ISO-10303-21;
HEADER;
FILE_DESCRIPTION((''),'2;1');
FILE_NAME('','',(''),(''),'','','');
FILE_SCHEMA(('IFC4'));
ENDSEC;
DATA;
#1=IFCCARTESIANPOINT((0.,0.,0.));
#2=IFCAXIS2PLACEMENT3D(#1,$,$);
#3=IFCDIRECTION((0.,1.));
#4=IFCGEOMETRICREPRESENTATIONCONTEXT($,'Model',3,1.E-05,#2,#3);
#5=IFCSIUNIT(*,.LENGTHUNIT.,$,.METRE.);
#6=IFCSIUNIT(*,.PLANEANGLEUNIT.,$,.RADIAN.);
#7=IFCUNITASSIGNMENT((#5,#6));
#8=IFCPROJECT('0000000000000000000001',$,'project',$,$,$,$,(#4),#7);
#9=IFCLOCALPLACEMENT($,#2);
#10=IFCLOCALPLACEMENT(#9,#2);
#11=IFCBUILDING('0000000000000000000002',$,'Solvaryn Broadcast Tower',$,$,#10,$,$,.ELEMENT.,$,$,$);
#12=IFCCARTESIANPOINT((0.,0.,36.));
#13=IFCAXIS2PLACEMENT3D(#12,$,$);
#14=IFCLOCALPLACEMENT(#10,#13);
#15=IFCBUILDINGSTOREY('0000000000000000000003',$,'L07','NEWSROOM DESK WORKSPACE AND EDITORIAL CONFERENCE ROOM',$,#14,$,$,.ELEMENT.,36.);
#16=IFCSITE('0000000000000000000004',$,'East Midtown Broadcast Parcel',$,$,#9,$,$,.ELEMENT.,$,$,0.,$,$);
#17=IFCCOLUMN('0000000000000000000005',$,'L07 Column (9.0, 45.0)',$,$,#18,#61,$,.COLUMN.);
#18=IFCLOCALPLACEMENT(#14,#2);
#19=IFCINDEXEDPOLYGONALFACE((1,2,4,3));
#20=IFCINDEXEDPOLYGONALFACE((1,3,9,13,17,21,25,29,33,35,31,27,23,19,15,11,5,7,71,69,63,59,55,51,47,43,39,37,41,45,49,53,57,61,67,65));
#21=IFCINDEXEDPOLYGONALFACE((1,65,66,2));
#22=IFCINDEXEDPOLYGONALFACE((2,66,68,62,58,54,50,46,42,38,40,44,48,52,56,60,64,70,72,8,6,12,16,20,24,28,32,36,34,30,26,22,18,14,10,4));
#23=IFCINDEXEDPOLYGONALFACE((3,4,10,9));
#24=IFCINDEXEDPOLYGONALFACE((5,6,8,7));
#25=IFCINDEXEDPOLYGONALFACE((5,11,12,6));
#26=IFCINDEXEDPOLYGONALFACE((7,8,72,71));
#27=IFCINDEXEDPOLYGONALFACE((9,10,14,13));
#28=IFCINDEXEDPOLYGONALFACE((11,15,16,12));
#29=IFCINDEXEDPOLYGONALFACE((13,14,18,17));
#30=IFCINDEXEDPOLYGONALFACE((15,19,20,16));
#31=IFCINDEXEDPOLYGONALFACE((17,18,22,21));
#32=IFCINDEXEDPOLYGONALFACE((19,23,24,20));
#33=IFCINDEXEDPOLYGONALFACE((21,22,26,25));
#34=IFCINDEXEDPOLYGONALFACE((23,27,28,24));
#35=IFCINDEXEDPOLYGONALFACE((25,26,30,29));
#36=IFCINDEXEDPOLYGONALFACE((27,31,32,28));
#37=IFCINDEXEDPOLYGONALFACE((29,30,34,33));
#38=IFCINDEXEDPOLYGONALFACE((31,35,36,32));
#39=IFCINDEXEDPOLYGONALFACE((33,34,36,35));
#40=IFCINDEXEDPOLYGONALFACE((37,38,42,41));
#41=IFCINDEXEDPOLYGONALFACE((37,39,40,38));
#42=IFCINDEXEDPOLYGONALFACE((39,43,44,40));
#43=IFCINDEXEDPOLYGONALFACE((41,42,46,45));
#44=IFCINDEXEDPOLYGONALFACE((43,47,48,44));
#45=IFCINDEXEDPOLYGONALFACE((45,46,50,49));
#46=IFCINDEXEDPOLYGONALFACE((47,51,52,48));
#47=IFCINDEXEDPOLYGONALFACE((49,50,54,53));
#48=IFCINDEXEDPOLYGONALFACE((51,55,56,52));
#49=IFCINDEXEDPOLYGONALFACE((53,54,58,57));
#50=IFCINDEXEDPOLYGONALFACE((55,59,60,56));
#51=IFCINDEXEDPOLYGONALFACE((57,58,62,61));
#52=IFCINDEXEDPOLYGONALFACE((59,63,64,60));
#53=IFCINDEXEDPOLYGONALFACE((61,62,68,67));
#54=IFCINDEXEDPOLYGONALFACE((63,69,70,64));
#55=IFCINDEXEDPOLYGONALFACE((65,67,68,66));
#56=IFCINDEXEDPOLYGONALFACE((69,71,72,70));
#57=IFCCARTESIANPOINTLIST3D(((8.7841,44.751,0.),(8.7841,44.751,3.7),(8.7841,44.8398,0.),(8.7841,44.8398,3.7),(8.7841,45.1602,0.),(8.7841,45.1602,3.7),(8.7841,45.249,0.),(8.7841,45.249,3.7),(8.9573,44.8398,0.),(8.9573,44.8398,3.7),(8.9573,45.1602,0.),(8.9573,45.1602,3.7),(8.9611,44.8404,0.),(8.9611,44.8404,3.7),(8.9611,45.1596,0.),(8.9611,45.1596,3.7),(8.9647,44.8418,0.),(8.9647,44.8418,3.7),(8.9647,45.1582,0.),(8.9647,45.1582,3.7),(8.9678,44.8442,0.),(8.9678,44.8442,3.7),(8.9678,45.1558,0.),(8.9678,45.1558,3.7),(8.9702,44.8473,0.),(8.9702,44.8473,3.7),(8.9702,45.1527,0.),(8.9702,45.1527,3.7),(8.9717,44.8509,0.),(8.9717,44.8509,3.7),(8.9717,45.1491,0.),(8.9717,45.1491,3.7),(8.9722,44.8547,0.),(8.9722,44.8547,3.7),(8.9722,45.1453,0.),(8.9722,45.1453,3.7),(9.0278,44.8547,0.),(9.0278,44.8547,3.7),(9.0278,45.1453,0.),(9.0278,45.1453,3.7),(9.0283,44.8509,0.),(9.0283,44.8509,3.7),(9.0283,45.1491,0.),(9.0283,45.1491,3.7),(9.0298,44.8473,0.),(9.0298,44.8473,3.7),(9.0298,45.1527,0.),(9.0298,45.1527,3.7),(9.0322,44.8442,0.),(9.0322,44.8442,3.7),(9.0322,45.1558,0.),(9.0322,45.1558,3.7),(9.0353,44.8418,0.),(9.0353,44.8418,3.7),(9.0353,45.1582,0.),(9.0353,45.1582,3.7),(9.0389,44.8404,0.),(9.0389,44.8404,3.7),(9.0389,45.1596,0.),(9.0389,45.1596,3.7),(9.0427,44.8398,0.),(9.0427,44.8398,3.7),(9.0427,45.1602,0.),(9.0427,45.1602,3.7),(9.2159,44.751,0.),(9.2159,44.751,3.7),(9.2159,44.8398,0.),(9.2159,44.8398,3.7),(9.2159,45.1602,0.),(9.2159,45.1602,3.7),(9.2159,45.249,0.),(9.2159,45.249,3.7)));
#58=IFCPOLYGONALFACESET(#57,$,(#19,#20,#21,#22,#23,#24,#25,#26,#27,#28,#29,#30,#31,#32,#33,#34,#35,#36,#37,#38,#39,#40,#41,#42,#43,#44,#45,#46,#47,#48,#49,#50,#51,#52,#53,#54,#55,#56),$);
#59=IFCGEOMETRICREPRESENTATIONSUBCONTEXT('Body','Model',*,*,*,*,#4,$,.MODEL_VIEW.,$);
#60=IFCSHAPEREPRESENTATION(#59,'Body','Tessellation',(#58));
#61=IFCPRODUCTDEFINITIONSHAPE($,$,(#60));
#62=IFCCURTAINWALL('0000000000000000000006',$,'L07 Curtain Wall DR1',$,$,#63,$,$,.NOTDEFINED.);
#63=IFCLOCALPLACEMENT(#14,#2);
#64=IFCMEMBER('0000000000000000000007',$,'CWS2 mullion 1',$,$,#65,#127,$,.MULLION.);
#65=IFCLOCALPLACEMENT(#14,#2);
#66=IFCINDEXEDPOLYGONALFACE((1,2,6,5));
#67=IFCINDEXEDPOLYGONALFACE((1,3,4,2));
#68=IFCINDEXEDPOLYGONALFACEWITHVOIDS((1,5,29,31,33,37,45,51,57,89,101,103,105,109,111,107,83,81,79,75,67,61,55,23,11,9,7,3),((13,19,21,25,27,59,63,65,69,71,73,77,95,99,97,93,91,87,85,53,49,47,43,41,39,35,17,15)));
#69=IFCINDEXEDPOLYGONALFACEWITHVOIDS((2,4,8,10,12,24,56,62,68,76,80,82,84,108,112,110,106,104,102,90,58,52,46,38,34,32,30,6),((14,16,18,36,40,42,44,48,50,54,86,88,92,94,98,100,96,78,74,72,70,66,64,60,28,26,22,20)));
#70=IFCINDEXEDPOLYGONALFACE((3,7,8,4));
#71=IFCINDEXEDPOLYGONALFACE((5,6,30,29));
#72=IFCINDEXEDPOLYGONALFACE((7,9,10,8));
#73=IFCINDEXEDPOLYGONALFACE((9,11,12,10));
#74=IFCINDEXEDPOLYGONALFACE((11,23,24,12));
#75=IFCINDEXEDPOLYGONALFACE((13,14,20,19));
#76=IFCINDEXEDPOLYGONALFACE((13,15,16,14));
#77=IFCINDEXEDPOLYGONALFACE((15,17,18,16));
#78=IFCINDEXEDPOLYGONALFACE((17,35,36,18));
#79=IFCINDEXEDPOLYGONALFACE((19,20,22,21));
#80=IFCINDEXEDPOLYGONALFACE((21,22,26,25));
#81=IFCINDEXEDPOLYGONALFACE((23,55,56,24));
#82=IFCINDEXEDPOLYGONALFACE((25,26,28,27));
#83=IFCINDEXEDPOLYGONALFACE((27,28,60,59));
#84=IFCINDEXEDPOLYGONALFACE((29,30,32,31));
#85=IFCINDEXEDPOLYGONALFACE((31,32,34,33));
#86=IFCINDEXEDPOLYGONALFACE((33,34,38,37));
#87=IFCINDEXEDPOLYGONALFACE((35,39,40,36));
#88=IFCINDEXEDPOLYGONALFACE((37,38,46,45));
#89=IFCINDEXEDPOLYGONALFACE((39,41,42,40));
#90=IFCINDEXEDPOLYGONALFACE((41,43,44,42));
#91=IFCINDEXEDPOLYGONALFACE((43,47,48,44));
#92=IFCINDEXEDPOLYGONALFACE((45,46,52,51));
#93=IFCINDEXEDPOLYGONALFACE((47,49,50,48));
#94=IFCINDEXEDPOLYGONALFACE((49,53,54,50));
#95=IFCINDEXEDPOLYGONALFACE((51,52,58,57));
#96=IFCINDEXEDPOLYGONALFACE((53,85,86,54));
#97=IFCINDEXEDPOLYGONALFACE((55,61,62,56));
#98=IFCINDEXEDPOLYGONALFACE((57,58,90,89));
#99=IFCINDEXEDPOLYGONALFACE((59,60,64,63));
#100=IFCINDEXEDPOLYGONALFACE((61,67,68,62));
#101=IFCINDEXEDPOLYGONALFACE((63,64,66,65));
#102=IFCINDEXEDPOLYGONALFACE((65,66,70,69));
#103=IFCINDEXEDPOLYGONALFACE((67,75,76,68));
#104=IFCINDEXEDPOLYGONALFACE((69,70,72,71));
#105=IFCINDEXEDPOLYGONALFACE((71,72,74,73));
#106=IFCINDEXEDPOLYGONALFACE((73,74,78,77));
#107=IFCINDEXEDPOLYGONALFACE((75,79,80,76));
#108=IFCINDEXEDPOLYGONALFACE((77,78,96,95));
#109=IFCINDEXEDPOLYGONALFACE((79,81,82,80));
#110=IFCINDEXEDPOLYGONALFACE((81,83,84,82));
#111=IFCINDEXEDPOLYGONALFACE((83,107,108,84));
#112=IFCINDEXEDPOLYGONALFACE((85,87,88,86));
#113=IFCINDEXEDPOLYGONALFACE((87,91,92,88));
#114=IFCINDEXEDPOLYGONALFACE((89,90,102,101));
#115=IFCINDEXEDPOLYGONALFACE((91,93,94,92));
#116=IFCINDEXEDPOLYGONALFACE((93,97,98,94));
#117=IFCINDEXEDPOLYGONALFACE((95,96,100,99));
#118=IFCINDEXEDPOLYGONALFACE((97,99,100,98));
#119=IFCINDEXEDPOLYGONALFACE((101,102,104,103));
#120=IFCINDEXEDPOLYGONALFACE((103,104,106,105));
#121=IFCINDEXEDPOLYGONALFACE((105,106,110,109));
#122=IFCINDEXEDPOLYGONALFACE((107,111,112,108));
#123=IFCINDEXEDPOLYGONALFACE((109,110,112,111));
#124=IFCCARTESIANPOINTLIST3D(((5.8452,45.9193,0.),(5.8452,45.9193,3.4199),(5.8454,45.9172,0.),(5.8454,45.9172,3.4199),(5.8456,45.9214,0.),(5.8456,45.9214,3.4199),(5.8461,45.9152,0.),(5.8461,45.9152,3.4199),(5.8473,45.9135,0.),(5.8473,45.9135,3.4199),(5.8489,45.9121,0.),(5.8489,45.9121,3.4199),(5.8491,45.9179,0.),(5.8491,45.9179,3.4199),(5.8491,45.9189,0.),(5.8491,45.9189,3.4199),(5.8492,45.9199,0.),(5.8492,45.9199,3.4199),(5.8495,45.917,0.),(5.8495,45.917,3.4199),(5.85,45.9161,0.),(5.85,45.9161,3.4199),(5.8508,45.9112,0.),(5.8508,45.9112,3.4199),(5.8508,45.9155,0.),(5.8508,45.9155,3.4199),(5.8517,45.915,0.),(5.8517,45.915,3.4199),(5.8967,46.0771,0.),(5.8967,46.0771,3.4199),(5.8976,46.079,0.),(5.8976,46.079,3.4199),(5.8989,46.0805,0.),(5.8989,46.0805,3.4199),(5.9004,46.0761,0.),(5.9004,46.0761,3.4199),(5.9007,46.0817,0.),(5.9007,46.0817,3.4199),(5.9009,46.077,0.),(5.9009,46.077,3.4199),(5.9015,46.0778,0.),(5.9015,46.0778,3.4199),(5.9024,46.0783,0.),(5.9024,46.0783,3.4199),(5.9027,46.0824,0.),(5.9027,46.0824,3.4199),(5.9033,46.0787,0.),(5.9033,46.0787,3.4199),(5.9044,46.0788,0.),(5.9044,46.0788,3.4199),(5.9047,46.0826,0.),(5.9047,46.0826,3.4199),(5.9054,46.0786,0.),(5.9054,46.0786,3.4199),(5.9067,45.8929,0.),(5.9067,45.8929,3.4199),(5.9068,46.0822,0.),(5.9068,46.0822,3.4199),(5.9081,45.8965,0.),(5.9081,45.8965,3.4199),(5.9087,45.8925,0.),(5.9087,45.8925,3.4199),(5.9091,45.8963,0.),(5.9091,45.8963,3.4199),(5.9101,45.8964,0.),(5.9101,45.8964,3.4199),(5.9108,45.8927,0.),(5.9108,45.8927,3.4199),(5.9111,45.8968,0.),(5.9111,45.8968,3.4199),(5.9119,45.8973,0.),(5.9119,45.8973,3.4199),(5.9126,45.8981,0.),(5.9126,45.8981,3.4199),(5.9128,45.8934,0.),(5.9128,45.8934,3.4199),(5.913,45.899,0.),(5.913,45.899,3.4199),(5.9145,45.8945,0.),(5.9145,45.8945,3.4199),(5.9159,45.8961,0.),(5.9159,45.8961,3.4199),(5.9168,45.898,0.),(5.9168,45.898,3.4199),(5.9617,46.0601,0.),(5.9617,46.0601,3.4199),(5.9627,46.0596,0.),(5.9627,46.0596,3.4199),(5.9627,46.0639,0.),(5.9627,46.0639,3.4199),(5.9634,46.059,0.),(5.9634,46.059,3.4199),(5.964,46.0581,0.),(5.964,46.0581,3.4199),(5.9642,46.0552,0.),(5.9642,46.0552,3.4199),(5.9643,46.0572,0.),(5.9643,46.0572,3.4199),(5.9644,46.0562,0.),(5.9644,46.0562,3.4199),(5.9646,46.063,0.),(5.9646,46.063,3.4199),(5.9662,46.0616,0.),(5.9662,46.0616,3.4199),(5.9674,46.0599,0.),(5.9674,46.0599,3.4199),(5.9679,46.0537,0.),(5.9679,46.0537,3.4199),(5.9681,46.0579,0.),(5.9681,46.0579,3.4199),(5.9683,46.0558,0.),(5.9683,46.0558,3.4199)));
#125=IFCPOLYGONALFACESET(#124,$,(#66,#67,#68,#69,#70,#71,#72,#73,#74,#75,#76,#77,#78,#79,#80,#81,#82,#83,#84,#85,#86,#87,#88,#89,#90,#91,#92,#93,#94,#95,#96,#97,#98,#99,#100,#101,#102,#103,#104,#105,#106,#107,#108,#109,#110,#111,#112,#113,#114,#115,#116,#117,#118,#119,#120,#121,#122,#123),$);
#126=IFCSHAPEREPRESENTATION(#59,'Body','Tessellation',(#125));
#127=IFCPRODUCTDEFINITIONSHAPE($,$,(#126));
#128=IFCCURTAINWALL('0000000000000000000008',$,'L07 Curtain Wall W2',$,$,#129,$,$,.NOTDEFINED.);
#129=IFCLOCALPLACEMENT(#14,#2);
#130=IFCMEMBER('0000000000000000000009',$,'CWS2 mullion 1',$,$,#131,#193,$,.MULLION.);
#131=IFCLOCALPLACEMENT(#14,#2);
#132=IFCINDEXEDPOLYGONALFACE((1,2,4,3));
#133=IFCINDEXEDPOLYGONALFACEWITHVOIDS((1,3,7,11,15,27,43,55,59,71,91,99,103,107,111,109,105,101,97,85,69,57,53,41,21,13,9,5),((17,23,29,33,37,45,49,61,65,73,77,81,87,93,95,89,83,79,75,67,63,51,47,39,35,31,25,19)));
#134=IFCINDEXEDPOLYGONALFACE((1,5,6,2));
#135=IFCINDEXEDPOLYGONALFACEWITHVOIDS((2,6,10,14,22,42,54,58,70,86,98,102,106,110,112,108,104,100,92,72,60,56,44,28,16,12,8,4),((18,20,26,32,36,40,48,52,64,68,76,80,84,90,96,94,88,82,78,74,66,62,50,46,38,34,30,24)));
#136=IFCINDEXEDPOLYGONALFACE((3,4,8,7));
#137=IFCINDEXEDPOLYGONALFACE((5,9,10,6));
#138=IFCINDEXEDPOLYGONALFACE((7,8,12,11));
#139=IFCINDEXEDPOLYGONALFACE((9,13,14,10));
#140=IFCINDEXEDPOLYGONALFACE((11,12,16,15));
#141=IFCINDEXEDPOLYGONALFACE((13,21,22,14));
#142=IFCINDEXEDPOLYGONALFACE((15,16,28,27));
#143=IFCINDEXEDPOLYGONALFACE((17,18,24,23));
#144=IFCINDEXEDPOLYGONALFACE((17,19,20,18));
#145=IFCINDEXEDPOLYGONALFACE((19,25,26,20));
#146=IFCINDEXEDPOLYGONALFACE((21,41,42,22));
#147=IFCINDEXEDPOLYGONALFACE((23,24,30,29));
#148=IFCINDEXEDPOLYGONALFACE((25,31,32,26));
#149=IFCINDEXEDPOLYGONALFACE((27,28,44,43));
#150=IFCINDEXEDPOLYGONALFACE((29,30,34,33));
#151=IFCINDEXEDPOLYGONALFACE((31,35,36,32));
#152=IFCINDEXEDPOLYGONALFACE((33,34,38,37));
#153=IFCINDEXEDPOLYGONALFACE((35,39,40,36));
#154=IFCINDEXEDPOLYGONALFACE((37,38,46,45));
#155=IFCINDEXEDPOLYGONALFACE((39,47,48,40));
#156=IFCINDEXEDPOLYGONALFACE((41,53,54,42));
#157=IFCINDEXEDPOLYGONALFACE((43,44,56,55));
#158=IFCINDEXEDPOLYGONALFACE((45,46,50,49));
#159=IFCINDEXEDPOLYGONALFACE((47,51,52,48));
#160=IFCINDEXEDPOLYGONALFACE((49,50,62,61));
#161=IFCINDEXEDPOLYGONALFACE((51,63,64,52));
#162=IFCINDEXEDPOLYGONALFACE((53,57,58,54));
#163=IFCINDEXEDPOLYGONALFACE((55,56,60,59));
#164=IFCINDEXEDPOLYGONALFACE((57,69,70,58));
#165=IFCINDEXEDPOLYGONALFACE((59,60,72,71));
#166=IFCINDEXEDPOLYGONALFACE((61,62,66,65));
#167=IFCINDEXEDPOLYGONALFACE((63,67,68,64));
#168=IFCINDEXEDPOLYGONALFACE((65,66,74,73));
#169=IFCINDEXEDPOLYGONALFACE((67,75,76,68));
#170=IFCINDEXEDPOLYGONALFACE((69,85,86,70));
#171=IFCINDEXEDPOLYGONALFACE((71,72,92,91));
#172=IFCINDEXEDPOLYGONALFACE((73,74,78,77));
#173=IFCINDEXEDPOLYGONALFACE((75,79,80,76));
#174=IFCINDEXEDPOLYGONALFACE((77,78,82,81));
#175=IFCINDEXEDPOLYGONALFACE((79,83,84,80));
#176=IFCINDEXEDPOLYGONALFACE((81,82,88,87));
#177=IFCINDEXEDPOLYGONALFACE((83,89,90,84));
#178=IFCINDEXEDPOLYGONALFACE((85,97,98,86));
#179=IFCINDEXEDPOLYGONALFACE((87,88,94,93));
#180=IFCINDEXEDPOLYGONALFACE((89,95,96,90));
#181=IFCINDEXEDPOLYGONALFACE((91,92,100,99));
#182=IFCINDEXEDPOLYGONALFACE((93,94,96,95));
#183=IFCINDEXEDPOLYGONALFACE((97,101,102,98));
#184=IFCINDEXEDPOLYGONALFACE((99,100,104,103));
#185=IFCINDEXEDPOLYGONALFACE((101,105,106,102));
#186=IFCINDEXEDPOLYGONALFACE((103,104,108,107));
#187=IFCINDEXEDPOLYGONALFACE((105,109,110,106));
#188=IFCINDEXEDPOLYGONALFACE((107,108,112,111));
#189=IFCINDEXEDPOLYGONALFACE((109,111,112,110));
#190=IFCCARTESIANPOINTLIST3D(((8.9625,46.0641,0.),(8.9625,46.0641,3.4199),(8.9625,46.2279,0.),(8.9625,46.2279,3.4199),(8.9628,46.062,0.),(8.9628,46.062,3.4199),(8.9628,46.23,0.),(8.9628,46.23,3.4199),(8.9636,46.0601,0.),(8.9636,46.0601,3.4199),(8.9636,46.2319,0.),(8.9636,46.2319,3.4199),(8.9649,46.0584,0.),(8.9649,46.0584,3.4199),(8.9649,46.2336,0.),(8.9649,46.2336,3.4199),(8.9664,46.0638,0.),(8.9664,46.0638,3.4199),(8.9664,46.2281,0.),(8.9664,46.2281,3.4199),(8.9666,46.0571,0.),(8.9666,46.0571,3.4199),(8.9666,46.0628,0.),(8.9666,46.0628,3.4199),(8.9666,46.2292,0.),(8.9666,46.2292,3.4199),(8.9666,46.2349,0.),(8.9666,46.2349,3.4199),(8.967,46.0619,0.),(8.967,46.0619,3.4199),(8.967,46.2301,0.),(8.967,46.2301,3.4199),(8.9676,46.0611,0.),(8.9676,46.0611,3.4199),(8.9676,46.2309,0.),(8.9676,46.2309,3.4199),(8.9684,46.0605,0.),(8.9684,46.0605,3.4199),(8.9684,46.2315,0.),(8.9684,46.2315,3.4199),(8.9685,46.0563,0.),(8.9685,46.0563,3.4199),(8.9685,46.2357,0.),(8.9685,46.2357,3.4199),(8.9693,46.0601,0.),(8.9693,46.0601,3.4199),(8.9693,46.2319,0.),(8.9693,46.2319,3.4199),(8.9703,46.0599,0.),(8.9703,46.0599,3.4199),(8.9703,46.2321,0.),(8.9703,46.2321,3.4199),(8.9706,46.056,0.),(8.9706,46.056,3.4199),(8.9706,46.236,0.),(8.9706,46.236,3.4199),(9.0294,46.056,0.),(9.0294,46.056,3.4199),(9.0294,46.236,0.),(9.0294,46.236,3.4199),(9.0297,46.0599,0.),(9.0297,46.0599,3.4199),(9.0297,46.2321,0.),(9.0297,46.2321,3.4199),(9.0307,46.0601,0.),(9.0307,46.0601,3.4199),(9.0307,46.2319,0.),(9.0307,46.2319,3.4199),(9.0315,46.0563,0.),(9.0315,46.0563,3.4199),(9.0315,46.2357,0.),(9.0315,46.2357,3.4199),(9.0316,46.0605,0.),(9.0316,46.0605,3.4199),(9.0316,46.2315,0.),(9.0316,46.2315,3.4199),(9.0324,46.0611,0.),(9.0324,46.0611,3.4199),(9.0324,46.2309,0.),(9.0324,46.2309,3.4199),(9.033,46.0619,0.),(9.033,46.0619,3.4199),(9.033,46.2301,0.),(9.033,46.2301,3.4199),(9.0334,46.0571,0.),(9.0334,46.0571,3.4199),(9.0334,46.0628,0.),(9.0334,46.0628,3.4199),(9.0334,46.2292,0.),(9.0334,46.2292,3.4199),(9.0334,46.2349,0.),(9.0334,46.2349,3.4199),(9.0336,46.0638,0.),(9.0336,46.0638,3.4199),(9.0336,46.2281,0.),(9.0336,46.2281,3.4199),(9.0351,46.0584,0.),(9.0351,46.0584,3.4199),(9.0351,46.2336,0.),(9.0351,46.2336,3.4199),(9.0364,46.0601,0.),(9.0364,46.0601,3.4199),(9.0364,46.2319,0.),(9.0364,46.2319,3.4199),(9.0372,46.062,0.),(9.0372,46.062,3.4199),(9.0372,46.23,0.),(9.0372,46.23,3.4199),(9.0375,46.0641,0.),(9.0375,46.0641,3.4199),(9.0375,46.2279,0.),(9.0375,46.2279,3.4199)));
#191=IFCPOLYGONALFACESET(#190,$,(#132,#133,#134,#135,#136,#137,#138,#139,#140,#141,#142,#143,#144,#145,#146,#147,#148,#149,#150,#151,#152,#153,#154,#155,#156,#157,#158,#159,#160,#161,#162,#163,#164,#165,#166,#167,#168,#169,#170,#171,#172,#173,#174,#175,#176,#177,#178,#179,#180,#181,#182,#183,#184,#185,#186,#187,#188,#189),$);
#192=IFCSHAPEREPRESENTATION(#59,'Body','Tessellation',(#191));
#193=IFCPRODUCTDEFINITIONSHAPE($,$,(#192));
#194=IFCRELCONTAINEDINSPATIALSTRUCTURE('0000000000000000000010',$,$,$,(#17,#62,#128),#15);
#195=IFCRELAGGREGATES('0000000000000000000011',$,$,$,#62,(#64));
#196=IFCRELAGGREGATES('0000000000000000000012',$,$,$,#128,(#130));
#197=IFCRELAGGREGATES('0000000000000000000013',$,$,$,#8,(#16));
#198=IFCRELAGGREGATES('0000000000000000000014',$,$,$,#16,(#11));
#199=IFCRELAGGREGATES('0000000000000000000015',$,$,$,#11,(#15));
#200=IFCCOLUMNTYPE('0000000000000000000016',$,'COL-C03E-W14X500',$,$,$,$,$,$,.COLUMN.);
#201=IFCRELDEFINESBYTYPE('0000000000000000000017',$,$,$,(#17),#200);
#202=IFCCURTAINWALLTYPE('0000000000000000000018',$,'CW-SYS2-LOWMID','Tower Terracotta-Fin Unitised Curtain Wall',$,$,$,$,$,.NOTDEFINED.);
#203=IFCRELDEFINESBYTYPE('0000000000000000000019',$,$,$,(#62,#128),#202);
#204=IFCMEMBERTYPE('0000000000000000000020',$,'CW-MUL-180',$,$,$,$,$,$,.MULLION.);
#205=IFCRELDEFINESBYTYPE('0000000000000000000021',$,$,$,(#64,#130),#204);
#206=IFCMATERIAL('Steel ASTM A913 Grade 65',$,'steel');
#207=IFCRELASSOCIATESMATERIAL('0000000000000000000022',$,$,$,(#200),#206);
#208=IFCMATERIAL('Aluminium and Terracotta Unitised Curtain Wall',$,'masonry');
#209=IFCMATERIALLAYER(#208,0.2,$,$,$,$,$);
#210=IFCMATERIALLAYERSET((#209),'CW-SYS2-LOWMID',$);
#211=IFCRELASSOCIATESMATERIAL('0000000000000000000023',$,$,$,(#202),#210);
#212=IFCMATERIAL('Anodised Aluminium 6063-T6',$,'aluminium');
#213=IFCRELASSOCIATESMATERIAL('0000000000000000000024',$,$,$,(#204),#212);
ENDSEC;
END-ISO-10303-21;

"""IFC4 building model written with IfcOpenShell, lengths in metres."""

from ifc_helpers import new_model, si_unit, direction, frame, origin, origin_2d, place, context, subcontext, project, spatial, hollow_rectangle, i_section, extrude, material, layer, layer_set, material_profile, profile_set, type_object, element, aggregate, save


model = new_model("IFC4")

# Units and contexts
model_context = context("Model", 3, precision=1e-05, world=origin(), true_north=direction((0.0, 1.0)))
body_context = subcontext(model_context, "Body", "Model", "MODEL_VIEW")
ifc_project = project(units=[si_unit("LENGTHUNIT", "METRE"), si_unit("PLANEANGLEUNIT", "RADIAN")], contexts=[model_context])

# Site, building, storey
site_placement = place(None, origin())
site = spatial("IfcSite", under=ifc_project, at=site_placement, Name="East Midtown Broadcast Parcel", CompositionType="ELEMENT", RefElevation=0.0)
building_placement = place(site_placement, origin())
building = spatial("IfcBuilding", under=site, at=building_placement, Name="Solvaryn Broadcast Tower", CompositionType="ELEMENT")
storey_placement = place(building_placement, frame((0.0, 0.0, 36.0)))
storey = spatial("IfcBuildingStorey", under=building, at=storey_placement, Name="L07", Description="NEWSROOM DESK WORKSPACE AND EDITORIAL CONFERENCE ROOM", CompositionType="ELEMENT", Elevation=36.0)

# Column
ifc_material_1 = material(Name="Steel ASTM A913 Grade 65", Category="steel")
ifc_material_profile_1 = material_profile(ifc_material_1, i_section(OverallWidth=0.4319, OverallDepth=0.498, WebThickness=0.0557, FlangeThickness=0.0889, FilletRadius=0.0149, at=origin_2d()))
ifc_profile_set_1 = profile_set([ifc_material_profile_1], Name="Steel ASTM A913 Grade 65")
column_type = type_object("IfcColumnType", Name="COL-C03E-W14X500", PredefinedType="COLUMN", material=ifc_profile_set_1)
column_placement = place(storey_placement, frame((9.0, 45.0, 0.0), z_axis=(0.0, 0.0, 1.0), x_axis=(1.0, 0.0, 0.0)))
element("IfcColumn", 1, at=column_placement, inside=storey, type_object=column_type, Name="L07 Column (9.0, 45.0)", PredefinedType="COLUMN", context=body_context, shape_type="SweptSolid", body=[
    extrude(i_section(OverallWidth=0.4319, OverallDepth=0.498, WebThickness=0.0557, FlangeThickness=0.0889, FilletRadius=0.0149, at=origin_2d()), origin(), (0.0, 0.0, 1.0), 3.7),
])

# Curtain wall, member
ifc_material_2 = material(Name="Aluminium and Terracotta Unitised Curtain Wall", Category="masonry")
ifc_layer_1 = layer(ifc_material_2, 0.2)
ifc_layer_set_1 = layer_set([ifc_layer_1], Name="CW-SYS2-LOWMID")
curtain_wall_type = type_object("IfcCurtainWallType", Name="CW-SYS2-LOWMID", Description="Tower Terracotta-Fin Unitised Curtain Wall", PredefinedType="NOTDEFINED", material=ifc_layer_set_1)
curtain_wall_1_placement = place(storey_placement, origin())
curtain_wall_1 = element("IfcCurtainWall", 2, at=curtain_wall_1_placement, inside=storey, type_object=curtain_wall_type, Name="L07 Curtain Wall DR1", PredefinedType="NOTDEFINED")
ifc_material_3 = material(Name="Anodised Aluminium 6063-T6", Category="aluminium")
ifc_material_profile_2 = material_profile(ifc_material_3, hollow_rectangle(XDim=0.075, YDim=0.1799, WallThickness=0.0039, InnerFilletRadius=0.0039, OuterFilletRadius=0.0081, at=origin_2d()))
ifc_profile_set_2 = profile_set([ifc_material_profile_2], Name="Anodised Aluminium 6063-T6")
member_type_1 = type_object("IfcMemberType", Name="CW-MUL-180", PredefinedType="MULLION", material=ifc_profile_set_2)
member_1_placement = place(storey_placement, frame((5.9067, 45.9875, 0.0), z_axis=(0.0, 0.0, 1.0), x_axis=(0.950215, -0.311594, 0.0)))
member_1 = element("IfcMember", 3, at=member_1_placement, type_object=member_type_1, Name="CWS2 mullion 1", PredefinedType="MULLION", context=body_context, shape_type="SweptSolid", body=[
    extrude(hollow_rectangle(XDim=0.075, YDim=0.1799, WallThickness=0.0039, InnerFilletRadius=0.0039, OuterFilletRadius=0.0081, at=origin_2d()), origin(), (0.0, 0.0, 1.0), 3.4199),
])

# Curtain wall, member
curtain_wall_2_placement = place(storey_placement, origin())
curtain_wall_2 = element("IfcCurtainWall", 4, at=curtain_wall_2_placement, inside=storey, type_object=curtain_wall_type, Name="L07 Curtain Wall W2", PredefinedType="NOTDEFINED")
member_2_placement = place(storey_placement, frame((9.0, 46.146, 0.0), z_axis=(0.0, 0.0, 1.0), x_axis=(-1.0, 0.0, 0.0)))
member_2 = element("IfcMember", 5, at=member_2_placement, type_object=member_type_1, Name="CWS2 mullion 1", PredefinedType="MULLION", context=body_context, shape_type="SweptSolid", body=[
    extrude(hollow_rectangle(XDim=0.075, YDim=0.1799, WallThickness=0.0039, InnerFilletRadius=0.0039, OuterFilletRadius=0.0081, at=origin_2d()), origin(), (0.0, 0.0, 1.0), 3.4199),
])

aggregate(curtain_wall_1, [member_1])

aggregate(curtain_wall_2, [member_2])

save(model, "model.ifc")
